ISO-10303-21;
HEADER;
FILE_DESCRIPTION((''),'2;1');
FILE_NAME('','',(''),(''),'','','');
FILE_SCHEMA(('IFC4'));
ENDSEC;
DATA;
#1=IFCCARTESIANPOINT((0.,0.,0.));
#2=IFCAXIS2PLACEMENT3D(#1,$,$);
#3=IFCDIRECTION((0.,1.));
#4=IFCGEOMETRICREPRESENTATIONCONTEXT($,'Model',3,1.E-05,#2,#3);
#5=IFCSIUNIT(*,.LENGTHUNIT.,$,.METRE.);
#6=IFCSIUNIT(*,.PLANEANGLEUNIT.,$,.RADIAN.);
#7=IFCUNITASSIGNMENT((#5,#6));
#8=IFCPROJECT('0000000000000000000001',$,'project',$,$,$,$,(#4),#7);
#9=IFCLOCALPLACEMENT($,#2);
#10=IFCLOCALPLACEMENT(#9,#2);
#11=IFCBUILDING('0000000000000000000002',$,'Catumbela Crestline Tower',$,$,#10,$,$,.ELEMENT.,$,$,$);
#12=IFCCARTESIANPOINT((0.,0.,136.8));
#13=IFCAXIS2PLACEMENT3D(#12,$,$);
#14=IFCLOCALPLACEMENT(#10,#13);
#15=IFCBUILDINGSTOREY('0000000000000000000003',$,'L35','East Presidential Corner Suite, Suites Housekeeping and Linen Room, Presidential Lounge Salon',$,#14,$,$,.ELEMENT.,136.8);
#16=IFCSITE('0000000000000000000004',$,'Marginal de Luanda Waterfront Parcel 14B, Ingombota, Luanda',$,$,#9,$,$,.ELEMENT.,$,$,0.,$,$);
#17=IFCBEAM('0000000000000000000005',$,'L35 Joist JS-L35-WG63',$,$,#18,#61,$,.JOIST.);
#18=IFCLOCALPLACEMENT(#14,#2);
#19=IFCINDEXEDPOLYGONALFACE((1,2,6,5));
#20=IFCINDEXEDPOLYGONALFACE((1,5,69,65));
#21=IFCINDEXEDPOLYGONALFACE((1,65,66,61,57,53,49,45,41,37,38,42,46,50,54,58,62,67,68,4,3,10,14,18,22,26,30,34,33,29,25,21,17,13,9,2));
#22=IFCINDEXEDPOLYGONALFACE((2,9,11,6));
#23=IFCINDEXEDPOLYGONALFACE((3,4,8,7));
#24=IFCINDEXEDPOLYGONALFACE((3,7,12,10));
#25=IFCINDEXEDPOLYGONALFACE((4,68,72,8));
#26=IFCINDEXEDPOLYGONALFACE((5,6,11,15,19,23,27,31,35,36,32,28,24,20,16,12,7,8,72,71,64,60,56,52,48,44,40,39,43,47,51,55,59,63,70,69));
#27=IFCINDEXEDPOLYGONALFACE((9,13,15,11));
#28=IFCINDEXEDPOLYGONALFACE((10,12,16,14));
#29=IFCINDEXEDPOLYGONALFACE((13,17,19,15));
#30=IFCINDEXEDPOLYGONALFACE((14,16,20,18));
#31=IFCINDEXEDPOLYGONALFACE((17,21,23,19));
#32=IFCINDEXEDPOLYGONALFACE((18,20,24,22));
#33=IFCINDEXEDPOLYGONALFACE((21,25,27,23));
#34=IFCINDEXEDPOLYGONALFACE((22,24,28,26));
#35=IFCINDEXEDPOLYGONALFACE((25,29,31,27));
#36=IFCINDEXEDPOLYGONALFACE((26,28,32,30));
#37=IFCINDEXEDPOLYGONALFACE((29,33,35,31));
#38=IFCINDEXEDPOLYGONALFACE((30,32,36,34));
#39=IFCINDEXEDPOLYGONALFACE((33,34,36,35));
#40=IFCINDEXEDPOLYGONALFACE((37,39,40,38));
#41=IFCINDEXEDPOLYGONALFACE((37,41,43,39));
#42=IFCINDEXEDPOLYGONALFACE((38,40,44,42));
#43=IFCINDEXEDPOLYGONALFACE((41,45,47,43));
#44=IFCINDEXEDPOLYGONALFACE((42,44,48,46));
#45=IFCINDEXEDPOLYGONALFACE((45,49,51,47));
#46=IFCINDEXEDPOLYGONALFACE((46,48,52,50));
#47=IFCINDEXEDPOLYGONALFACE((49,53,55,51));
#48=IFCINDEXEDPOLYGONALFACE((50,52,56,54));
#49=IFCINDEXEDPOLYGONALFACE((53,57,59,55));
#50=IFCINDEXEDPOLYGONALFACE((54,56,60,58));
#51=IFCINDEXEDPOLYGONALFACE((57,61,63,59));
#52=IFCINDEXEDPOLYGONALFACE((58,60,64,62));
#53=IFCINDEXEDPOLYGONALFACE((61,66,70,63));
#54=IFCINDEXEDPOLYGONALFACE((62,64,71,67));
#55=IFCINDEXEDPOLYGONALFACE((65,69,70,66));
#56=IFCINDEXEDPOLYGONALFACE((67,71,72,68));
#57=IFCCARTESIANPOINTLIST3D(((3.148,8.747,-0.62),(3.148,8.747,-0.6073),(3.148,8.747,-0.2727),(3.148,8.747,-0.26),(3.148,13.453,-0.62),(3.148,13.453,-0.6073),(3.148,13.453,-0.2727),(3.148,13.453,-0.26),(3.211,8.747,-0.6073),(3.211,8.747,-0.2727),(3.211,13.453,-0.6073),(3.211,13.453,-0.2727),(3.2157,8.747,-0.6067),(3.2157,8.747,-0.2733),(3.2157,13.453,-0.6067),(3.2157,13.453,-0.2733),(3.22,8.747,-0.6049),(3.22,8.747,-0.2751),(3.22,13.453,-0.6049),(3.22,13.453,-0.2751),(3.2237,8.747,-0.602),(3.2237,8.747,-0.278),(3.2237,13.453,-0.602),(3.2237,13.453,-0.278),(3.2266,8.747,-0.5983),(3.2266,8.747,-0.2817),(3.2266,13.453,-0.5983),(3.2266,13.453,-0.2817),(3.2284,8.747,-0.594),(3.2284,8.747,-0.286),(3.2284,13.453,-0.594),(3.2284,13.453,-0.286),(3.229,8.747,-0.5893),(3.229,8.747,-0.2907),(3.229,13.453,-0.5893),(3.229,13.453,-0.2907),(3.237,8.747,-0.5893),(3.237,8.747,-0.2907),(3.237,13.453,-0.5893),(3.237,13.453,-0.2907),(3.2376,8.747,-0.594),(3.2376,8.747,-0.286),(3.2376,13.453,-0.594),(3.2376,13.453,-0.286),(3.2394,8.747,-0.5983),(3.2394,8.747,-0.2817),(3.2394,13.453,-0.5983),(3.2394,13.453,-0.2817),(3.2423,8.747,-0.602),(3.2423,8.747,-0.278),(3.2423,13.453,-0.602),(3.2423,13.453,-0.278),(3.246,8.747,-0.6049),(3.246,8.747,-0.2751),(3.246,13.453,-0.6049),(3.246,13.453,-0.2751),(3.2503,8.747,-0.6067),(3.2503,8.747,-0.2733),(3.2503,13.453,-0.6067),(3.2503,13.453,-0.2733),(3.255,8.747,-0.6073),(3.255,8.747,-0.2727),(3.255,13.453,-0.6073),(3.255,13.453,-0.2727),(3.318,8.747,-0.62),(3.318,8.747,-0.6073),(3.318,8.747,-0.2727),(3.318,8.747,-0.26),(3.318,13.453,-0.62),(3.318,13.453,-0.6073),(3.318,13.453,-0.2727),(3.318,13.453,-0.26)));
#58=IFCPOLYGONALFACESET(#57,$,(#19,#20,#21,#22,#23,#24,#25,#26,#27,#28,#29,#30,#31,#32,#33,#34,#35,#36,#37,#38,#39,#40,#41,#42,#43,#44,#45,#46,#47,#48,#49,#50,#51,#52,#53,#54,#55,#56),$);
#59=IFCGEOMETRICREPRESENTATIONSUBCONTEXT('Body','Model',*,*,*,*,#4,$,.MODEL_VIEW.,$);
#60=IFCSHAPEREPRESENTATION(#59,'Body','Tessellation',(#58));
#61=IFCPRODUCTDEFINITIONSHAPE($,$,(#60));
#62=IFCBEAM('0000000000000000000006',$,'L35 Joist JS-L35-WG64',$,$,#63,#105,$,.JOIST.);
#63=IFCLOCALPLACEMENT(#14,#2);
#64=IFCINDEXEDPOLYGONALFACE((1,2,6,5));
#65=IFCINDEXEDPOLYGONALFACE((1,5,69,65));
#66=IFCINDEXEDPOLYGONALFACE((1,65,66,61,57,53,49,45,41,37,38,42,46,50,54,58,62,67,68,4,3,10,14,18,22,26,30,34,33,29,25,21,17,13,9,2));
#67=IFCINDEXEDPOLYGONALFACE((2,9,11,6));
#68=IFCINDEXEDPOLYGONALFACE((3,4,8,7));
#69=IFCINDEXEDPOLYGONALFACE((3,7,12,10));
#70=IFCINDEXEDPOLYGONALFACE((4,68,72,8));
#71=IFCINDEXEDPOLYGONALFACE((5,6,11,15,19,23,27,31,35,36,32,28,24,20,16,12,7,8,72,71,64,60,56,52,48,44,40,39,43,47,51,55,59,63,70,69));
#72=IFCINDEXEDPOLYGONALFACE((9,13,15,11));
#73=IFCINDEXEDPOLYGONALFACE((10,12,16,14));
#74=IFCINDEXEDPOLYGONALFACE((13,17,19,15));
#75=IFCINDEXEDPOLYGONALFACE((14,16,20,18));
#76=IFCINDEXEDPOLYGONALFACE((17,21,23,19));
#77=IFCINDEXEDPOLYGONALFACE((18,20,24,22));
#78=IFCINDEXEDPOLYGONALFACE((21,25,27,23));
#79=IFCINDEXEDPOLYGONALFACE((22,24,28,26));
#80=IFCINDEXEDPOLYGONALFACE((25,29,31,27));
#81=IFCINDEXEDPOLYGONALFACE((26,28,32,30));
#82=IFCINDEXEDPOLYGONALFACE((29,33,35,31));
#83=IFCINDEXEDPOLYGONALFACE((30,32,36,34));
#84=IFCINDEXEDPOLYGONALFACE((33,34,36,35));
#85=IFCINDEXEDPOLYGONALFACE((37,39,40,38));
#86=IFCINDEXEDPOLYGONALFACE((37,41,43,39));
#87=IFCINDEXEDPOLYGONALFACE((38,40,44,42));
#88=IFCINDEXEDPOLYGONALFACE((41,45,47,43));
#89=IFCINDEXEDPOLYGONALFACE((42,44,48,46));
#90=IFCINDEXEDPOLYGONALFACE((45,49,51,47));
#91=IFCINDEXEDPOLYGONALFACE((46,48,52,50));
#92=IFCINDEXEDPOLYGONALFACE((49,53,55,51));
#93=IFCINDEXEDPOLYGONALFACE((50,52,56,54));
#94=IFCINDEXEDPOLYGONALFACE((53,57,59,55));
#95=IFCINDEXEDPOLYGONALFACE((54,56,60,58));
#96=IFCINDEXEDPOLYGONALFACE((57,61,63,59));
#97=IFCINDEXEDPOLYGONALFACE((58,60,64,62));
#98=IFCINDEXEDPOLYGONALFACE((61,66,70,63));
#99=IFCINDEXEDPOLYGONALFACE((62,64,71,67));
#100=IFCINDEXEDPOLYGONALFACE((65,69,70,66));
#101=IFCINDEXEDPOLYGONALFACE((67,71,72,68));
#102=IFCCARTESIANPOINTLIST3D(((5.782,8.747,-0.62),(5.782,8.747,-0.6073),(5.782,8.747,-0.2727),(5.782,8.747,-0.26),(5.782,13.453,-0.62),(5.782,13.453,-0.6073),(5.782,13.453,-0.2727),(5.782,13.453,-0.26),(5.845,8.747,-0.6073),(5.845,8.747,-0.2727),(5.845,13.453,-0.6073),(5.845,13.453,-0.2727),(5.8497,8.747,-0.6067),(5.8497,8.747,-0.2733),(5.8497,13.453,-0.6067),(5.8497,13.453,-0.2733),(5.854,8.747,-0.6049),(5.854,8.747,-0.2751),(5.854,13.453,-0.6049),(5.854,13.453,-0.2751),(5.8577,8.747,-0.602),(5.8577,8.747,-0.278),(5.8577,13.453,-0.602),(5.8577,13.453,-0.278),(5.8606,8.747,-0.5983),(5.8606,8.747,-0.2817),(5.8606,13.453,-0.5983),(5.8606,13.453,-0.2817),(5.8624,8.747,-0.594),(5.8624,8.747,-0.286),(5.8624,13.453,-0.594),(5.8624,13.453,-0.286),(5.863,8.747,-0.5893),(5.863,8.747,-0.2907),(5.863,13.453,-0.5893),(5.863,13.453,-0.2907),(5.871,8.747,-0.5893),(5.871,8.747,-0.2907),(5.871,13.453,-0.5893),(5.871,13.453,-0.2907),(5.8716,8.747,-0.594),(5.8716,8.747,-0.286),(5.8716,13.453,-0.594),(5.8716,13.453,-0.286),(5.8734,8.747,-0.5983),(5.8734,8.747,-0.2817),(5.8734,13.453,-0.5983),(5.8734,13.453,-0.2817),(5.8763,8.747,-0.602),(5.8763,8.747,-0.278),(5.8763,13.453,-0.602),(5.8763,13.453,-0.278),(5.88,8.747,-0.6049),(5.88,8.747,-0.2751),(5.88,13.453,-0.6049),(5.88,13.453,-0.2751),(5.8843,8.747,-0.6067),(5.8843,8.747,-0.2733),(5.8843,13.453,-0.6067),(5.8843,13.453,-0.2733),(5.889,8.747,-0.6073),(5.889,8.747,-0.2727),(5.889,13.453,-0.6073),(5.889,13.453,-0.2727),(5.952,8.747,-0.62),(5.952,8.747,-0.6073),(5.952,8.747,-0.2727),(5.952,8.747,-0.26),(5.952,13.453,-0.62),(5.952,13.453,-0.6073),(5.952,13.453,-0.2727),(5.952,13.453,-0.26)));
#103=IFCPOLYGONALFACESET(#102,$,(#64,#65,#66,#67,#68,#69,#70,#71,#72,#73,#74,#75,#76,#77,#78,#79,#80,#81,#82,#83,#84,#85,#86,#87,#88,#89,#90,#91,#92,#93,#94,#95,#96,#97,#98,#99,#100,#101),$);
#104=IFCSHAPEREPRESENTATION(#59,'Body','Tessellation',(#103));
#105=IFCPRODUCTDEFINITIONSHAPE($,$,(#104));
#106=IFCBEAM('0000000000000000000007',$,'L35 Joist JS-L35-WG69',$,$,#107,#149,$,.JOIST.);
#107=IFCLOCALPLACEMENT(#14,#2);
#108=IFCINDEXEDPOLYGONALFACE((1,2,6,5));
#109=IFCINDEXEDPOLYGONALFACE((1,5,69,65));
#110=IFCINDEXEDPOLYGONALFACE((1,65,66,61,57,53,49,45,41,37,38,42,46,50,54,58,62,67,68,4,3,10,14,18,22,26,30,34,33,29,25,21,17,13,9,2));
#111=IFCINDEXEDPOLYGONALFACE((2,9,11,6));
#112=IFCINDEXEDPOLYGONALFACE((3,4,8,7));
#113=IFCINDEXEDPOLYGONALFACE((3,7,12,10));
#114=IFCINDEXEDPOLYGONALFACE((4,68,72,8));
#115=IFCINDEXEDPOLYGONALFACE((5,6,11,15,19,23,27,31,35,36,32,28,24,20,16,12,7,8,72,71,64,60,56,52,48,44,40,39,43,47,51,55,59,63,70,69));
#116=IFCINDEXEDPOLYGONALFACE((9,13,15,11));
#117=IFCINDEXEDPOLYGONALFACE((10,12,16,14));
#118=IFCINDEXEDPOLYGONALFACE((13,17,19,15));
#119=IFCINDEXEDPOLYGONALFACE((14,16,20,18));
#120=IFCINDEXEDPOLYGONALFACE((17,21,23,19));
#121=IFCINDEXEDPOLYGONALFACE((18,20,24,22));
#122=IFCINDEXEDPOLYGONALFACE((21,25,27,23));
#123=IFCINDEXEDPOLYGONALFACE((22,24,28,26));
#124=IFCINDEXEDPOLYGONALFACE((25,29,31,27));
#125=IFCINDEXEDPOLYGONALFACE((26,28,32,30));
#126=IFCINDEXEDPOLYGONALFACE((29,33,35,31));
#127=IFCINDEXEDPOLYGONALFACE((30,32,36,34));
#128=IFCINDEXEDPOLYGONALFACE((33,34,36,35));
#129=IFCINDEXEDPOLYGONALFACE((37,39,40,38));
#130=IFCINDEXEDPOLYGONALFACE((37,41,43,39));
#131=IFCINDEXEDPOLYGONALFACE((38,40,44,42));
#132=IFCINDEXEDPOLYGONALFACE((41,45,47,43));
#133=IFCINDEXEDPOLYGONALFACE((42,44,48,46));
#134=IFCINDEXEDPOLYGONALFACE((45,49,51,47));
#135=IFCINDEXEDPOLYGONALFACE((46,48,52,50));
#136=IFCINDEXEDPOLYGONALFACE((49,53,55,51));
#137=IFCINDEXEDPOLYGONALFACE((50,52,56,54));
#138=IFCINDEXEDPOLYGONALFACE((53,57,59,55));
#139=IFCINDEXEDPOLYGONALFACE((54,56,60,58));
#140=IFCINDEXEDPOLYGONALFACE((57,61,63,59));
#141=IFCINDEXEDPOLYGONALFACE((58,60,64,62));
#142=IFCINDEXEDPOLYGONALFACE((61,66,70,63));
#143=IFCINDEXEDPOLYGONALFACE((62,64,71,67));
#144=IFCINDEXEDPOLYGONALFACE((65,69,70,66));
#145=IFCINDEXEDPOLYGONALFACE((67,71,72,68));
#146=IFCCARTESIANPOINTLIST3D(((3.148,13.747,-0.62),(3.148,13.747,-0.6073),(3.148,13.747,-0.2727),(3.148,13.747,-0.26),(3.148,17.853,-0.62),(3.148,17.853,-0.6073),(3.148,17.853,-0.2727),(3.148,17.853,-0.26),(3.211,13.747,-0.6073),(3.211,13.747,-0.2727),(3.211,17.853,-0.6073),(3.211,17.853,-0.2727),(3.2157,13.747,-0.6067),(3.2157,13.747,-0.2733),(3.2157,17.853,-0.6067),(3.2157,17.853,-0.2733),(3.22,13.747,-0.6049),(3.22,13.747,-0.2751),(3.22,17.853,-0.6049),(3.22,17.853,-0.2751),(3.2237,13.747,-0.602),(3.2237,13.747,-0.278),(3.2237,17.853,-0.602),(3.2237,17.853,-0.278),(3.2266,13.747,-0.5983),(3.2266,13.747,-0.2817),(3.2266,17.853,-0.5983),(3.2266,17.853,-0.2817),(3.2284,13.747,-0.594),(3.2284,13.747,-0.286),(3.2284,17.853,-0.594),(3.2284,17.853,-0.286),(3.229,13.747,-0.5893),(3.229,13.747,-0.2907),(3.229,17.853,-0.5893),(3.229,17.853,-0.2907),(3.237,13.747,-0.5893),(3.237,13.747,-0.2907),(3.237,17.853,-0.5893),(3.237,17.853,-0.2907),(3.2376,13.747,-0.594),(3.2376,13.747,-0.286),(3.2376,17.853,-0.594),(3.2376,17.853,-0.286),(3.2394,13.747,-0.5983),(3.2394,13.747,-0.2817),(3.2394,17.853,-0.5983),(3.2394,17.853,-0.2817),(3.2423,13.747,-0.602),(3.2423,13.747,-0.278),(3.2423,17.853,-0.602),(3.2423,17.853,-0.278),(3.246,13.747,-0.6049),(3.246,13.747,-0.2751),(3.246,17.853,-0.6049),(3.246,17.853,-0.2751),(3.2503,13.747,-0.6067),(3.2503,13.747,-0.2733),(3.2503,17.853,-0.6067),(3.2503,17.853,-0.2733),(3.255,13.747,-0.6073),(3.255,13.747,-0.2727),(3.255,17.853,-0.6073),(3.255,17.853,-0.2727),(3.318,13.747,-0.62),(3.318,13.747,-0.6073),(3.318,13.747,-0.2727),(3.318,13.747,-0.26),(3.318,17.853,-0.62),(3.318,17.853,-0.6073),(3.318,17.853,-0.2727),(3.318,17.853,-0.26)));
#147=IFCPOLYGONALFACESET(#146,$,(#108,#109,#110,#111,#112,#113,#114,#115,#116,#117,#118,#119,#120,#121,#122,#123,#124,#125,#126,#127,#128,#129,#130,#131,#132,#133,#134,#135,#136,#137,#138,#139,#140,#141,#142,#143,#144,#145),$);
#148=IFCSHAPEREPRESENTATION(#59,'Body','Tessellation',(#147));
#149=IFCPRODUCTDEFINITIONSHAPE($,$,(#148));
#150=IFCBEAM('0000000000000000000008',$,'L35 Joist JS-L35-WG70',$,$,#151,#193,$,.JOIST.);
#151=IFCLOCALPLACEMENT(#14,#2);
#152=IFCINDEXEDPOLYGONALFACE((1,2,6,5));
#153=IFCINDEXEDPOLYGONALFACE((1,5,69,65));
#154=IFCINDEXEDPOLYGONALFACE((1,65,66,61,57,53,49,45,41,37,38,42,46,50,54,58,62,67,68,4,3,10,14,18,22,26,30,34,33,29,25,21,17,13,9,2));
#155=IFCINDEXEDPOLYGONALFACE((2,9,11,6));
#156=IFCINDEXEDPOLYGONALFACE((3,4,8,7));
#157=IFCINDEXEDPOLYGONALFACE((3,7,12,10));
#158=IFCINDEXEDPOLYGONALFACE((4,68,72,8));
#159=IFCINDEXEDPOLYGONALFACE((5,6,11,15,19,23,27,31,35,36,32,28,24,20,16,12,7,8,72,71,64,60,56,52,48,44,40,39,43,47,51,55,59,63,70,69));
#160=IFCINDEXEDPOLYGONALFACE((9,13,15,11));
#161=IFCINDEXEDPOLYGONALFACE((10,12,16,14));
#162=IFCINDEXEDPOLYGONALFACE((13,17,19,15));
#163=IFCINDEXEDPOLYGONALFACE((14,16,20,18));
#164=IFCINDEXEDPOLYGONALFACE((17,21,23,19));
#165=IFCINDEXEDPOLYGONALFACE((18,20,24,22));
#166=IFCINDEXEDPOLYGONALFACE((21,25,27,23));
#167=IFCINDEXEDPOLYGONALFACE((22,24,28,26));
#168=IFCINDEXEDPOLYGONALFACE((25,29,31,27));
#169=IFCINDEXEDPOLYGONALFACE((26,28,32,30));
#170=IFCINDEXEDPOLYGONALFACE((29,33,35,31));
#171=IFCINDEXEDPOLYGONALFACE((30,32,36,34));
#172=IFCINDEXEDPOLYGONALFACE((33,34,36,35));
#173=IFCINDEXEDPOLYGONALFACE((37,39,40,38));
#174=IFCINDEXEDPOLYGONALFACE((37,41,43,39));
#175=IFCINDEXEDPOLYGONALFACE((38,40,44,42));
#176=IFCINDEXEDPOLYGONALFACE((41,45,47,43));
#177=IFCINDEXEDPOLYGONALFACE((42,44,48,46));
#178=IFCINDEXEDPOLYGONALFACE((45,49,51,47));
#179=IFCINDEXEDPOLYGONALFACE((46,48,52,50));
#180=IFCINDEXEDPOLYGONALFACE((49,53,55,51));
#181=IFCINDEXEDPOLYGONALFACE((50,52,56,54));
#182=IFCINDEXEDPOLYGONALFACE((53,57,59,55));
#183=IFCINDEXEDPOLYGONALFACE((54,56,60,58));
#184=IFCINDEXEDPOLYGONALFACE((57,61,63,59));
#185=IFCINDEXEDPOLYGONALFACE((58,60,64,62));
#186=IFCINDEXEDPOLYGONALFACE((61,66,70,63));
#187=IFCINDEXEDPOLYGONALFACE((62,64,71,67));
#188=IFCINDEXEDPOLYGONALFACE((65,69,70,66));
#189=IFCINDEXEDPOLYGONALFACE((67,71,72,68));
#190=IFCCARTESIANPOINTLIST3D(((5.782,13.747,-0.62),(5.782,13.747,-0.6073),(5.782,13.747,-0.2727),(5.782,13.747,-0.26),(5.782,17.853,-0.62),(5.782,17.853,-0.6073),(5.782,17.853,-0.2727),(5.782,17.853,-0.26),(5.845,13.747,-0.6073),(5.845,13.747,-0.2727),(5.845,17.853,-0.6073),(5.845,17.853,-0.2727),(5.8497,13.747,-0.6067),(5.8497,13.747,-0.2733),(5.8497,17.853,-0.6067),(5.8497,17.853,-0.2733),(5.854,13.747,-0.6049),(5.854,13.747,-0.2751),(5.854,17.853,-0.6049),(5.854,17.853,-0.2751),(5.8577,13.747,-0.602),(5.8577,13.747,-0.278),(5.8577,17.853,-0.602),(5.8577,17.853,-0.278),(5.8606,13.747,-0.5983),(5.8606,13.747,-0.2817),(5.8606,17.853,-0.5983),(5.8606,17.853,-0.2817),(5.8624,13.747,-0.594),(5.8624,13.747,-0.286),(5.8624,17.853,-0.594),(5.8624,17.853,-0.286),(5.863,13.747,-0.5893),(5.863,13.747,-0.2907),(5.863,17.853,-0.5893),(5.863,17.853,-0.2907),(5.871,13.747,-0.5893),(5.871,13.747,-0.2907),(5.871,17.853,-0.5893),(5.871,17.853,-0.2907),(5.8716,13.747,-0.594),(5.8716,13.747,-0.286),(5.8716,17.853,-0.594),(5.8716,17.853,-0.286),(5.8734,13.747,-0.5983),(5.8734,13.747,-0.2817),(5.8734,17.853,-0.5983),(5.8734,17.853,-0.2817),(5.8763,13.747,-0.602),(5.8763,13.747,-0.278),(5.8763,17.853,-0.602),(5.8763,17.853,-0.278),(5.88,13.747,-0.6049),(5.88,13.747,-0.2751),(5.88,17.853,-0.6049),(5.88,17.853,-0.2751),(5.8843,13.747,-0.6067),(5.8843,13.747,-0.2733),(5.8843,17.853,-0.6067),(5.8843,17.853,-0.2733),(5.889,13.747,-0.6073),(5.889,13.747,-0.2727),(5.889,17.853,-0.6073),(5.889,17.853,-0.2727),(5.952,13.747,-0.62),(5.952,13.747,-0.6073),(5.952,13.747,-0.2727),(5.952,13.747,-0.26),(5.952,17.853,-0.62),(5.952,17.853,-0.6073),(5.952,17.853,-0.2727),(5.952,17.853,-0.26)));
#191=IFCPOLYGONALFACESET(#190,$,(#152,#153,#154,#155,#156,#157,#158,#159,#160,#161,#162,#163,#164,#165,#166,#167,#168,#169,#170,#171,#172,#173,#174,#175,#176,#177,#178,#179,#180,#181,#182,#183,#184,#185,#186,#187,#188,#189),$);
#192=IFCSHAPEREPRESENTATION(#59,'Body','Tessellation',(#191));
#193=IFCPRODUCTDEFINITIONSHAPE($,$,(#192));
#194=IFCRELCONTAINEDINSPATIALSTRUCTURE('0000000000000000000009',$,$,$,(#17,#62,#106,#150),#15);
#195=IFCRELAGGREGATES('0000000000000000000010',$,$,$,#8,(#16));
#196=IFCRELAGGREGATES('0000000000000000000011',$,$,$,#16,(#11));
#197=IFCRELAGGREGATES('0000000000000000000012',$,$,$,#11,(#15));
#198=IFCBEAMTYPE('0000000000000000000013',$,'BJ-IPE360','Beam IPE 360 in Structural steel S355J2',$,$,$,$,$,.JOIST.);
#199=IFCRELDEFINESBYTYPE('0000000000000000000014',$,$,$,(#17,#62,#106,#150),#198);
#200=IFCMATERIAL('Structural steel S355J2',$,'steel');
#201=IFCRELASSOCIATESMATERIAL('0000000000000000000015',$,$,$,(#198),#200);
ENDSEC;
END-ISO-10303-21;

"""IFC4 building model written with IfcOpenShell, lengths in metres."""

from ifc_helpers import new_model, si_unit, direction, frame, origin, origin_2d, place, context, subcontext, project, spatial, i_section, extrude, material, material_profile, profile_set, type_object, element, save


model = new_model("IFC4")

# Units and contexts
model_context = context("Model", 3, precision=1e-05, world=origin(), true_north=direction((0.0, 1.0)))
body_context = subcontext(model_context, "Body", "Model", "MODEL_VIEW")
ifc_project = project(units=[si_unit("LENGTHUNIT", "METRE"), si_unit("PLANEANGLEUNIT", "RADIAN")], contexts=[model_context])

# Site, building, storey
site_placement = place(None, origin())
site = spatial("IfcSite", under=ifc_project, at=site_placement, Name="Marginal de Luanda Waterfront Parcel 14B, Ingombota, Luanda", CompositionType="ELEMENT", RefElevation=0.0)
building_placement = place(site_placement, origin())
building = spatial("IfcBuilding", under=site, at=building_placement, Name="Catumbela Crestline Tower", CompositionType="ELEMENT")
storey_placement = place(building_placement, frame((0.0, 0.0, 136.8)))
storey = spatial("IfcBuildingStorey", under=building, at=storey_placement, Name="L35", Description="East Presidential Corner Suite, Suites Housekeeping and Linen Room, Presidential Lounge Salon", CompositionType="ELEMENT", Elevation=136.8)

# Beams
ifc_material_1 = material(Name="Structural steel S355J2", Category="steel")
ifc_material_profile_1 = material_profile(ifc_material_1, i_section(OverallWidth=0.17, OverallDepth=0.36, WebThickness=0.008, FlangeThickness=0.0127, FilletRadius=0.018, at=origin_2d()), Name="IPE 360")
ifc_profile_set_1 = profile_set([ifc_material_profile_1], Name="Structural steel S355J2")
beam_type_1 = type_object("IfcBeamType", Name="BJ-IPE360", Description="Beam IPE 360 in Structural steel S355J2", PredefinedType="JOIST", material=ifc_profile_set_1)
for number, where, z_axis, x_axis, name in (
    (1, (3.233, 8.747, -0.44), (0.0, 1.0, 0.0), (-1.0, 0.0, 0.0), "L35 Joist JS-L35-WG63"),
    (2, (5.867, 8.747, -0.44), (0.0, 1.0, 0.0), (-1.0, 0.0, 0.0), "L35 Joist JS-L35-WG64"),
):
    element("IfcBeam", number, at=place(storey_placement, frame(where, z_axis=z_axis, x_axis=x_axis)), inside=storey, type_object=beam_type_1, Name=name, PredefinedType="JOIST", context=body_context, shape_type="SweptSolid", body=[
        extrude(i_section(OverallWidth=0.17, OverallDepth=0.36, WebThickness=0.008, FlangeThickness=0.0127, FilletRadius=0.018, at=origin_2d()), origin(), (0.0, 0.0, 1.0), 4.706),
    ])
for number, where, z_axis, x_axis, name in (
    (3, (3.233, 13.747, -0.44), (0.0, 1.0, 0.0), (-1.0, 0.0, 0.0), "L35 Joist JS-L35-WG69"),
    (4, (5.867, 13.747, -0.44), (0.0, 1.0, 0.0), (-1.0, 0.0, 0.0), "L35 Joist JS-L35-WG70"),
):
    element("IfcBeam", number, at=place(storey_placement, frame(where, z_axis=z_axis, x_axis=x_axis)), inside=storey, type_object=beam_type_1, Name=name, PredefinedType="JOIST", context=body_context, shape_type="SweptSolid", body=[
        extrude(i_section(OverallWidth=0.17, OverallDepth=0.36, WebThickness=0.008, FlangeThickness=0.0127, FilletRadius=0.018, at=origin_2d()), origin(), (0.0, 0.0, 1.0), 4.106),
    ])

save(model, "model.ifc")
